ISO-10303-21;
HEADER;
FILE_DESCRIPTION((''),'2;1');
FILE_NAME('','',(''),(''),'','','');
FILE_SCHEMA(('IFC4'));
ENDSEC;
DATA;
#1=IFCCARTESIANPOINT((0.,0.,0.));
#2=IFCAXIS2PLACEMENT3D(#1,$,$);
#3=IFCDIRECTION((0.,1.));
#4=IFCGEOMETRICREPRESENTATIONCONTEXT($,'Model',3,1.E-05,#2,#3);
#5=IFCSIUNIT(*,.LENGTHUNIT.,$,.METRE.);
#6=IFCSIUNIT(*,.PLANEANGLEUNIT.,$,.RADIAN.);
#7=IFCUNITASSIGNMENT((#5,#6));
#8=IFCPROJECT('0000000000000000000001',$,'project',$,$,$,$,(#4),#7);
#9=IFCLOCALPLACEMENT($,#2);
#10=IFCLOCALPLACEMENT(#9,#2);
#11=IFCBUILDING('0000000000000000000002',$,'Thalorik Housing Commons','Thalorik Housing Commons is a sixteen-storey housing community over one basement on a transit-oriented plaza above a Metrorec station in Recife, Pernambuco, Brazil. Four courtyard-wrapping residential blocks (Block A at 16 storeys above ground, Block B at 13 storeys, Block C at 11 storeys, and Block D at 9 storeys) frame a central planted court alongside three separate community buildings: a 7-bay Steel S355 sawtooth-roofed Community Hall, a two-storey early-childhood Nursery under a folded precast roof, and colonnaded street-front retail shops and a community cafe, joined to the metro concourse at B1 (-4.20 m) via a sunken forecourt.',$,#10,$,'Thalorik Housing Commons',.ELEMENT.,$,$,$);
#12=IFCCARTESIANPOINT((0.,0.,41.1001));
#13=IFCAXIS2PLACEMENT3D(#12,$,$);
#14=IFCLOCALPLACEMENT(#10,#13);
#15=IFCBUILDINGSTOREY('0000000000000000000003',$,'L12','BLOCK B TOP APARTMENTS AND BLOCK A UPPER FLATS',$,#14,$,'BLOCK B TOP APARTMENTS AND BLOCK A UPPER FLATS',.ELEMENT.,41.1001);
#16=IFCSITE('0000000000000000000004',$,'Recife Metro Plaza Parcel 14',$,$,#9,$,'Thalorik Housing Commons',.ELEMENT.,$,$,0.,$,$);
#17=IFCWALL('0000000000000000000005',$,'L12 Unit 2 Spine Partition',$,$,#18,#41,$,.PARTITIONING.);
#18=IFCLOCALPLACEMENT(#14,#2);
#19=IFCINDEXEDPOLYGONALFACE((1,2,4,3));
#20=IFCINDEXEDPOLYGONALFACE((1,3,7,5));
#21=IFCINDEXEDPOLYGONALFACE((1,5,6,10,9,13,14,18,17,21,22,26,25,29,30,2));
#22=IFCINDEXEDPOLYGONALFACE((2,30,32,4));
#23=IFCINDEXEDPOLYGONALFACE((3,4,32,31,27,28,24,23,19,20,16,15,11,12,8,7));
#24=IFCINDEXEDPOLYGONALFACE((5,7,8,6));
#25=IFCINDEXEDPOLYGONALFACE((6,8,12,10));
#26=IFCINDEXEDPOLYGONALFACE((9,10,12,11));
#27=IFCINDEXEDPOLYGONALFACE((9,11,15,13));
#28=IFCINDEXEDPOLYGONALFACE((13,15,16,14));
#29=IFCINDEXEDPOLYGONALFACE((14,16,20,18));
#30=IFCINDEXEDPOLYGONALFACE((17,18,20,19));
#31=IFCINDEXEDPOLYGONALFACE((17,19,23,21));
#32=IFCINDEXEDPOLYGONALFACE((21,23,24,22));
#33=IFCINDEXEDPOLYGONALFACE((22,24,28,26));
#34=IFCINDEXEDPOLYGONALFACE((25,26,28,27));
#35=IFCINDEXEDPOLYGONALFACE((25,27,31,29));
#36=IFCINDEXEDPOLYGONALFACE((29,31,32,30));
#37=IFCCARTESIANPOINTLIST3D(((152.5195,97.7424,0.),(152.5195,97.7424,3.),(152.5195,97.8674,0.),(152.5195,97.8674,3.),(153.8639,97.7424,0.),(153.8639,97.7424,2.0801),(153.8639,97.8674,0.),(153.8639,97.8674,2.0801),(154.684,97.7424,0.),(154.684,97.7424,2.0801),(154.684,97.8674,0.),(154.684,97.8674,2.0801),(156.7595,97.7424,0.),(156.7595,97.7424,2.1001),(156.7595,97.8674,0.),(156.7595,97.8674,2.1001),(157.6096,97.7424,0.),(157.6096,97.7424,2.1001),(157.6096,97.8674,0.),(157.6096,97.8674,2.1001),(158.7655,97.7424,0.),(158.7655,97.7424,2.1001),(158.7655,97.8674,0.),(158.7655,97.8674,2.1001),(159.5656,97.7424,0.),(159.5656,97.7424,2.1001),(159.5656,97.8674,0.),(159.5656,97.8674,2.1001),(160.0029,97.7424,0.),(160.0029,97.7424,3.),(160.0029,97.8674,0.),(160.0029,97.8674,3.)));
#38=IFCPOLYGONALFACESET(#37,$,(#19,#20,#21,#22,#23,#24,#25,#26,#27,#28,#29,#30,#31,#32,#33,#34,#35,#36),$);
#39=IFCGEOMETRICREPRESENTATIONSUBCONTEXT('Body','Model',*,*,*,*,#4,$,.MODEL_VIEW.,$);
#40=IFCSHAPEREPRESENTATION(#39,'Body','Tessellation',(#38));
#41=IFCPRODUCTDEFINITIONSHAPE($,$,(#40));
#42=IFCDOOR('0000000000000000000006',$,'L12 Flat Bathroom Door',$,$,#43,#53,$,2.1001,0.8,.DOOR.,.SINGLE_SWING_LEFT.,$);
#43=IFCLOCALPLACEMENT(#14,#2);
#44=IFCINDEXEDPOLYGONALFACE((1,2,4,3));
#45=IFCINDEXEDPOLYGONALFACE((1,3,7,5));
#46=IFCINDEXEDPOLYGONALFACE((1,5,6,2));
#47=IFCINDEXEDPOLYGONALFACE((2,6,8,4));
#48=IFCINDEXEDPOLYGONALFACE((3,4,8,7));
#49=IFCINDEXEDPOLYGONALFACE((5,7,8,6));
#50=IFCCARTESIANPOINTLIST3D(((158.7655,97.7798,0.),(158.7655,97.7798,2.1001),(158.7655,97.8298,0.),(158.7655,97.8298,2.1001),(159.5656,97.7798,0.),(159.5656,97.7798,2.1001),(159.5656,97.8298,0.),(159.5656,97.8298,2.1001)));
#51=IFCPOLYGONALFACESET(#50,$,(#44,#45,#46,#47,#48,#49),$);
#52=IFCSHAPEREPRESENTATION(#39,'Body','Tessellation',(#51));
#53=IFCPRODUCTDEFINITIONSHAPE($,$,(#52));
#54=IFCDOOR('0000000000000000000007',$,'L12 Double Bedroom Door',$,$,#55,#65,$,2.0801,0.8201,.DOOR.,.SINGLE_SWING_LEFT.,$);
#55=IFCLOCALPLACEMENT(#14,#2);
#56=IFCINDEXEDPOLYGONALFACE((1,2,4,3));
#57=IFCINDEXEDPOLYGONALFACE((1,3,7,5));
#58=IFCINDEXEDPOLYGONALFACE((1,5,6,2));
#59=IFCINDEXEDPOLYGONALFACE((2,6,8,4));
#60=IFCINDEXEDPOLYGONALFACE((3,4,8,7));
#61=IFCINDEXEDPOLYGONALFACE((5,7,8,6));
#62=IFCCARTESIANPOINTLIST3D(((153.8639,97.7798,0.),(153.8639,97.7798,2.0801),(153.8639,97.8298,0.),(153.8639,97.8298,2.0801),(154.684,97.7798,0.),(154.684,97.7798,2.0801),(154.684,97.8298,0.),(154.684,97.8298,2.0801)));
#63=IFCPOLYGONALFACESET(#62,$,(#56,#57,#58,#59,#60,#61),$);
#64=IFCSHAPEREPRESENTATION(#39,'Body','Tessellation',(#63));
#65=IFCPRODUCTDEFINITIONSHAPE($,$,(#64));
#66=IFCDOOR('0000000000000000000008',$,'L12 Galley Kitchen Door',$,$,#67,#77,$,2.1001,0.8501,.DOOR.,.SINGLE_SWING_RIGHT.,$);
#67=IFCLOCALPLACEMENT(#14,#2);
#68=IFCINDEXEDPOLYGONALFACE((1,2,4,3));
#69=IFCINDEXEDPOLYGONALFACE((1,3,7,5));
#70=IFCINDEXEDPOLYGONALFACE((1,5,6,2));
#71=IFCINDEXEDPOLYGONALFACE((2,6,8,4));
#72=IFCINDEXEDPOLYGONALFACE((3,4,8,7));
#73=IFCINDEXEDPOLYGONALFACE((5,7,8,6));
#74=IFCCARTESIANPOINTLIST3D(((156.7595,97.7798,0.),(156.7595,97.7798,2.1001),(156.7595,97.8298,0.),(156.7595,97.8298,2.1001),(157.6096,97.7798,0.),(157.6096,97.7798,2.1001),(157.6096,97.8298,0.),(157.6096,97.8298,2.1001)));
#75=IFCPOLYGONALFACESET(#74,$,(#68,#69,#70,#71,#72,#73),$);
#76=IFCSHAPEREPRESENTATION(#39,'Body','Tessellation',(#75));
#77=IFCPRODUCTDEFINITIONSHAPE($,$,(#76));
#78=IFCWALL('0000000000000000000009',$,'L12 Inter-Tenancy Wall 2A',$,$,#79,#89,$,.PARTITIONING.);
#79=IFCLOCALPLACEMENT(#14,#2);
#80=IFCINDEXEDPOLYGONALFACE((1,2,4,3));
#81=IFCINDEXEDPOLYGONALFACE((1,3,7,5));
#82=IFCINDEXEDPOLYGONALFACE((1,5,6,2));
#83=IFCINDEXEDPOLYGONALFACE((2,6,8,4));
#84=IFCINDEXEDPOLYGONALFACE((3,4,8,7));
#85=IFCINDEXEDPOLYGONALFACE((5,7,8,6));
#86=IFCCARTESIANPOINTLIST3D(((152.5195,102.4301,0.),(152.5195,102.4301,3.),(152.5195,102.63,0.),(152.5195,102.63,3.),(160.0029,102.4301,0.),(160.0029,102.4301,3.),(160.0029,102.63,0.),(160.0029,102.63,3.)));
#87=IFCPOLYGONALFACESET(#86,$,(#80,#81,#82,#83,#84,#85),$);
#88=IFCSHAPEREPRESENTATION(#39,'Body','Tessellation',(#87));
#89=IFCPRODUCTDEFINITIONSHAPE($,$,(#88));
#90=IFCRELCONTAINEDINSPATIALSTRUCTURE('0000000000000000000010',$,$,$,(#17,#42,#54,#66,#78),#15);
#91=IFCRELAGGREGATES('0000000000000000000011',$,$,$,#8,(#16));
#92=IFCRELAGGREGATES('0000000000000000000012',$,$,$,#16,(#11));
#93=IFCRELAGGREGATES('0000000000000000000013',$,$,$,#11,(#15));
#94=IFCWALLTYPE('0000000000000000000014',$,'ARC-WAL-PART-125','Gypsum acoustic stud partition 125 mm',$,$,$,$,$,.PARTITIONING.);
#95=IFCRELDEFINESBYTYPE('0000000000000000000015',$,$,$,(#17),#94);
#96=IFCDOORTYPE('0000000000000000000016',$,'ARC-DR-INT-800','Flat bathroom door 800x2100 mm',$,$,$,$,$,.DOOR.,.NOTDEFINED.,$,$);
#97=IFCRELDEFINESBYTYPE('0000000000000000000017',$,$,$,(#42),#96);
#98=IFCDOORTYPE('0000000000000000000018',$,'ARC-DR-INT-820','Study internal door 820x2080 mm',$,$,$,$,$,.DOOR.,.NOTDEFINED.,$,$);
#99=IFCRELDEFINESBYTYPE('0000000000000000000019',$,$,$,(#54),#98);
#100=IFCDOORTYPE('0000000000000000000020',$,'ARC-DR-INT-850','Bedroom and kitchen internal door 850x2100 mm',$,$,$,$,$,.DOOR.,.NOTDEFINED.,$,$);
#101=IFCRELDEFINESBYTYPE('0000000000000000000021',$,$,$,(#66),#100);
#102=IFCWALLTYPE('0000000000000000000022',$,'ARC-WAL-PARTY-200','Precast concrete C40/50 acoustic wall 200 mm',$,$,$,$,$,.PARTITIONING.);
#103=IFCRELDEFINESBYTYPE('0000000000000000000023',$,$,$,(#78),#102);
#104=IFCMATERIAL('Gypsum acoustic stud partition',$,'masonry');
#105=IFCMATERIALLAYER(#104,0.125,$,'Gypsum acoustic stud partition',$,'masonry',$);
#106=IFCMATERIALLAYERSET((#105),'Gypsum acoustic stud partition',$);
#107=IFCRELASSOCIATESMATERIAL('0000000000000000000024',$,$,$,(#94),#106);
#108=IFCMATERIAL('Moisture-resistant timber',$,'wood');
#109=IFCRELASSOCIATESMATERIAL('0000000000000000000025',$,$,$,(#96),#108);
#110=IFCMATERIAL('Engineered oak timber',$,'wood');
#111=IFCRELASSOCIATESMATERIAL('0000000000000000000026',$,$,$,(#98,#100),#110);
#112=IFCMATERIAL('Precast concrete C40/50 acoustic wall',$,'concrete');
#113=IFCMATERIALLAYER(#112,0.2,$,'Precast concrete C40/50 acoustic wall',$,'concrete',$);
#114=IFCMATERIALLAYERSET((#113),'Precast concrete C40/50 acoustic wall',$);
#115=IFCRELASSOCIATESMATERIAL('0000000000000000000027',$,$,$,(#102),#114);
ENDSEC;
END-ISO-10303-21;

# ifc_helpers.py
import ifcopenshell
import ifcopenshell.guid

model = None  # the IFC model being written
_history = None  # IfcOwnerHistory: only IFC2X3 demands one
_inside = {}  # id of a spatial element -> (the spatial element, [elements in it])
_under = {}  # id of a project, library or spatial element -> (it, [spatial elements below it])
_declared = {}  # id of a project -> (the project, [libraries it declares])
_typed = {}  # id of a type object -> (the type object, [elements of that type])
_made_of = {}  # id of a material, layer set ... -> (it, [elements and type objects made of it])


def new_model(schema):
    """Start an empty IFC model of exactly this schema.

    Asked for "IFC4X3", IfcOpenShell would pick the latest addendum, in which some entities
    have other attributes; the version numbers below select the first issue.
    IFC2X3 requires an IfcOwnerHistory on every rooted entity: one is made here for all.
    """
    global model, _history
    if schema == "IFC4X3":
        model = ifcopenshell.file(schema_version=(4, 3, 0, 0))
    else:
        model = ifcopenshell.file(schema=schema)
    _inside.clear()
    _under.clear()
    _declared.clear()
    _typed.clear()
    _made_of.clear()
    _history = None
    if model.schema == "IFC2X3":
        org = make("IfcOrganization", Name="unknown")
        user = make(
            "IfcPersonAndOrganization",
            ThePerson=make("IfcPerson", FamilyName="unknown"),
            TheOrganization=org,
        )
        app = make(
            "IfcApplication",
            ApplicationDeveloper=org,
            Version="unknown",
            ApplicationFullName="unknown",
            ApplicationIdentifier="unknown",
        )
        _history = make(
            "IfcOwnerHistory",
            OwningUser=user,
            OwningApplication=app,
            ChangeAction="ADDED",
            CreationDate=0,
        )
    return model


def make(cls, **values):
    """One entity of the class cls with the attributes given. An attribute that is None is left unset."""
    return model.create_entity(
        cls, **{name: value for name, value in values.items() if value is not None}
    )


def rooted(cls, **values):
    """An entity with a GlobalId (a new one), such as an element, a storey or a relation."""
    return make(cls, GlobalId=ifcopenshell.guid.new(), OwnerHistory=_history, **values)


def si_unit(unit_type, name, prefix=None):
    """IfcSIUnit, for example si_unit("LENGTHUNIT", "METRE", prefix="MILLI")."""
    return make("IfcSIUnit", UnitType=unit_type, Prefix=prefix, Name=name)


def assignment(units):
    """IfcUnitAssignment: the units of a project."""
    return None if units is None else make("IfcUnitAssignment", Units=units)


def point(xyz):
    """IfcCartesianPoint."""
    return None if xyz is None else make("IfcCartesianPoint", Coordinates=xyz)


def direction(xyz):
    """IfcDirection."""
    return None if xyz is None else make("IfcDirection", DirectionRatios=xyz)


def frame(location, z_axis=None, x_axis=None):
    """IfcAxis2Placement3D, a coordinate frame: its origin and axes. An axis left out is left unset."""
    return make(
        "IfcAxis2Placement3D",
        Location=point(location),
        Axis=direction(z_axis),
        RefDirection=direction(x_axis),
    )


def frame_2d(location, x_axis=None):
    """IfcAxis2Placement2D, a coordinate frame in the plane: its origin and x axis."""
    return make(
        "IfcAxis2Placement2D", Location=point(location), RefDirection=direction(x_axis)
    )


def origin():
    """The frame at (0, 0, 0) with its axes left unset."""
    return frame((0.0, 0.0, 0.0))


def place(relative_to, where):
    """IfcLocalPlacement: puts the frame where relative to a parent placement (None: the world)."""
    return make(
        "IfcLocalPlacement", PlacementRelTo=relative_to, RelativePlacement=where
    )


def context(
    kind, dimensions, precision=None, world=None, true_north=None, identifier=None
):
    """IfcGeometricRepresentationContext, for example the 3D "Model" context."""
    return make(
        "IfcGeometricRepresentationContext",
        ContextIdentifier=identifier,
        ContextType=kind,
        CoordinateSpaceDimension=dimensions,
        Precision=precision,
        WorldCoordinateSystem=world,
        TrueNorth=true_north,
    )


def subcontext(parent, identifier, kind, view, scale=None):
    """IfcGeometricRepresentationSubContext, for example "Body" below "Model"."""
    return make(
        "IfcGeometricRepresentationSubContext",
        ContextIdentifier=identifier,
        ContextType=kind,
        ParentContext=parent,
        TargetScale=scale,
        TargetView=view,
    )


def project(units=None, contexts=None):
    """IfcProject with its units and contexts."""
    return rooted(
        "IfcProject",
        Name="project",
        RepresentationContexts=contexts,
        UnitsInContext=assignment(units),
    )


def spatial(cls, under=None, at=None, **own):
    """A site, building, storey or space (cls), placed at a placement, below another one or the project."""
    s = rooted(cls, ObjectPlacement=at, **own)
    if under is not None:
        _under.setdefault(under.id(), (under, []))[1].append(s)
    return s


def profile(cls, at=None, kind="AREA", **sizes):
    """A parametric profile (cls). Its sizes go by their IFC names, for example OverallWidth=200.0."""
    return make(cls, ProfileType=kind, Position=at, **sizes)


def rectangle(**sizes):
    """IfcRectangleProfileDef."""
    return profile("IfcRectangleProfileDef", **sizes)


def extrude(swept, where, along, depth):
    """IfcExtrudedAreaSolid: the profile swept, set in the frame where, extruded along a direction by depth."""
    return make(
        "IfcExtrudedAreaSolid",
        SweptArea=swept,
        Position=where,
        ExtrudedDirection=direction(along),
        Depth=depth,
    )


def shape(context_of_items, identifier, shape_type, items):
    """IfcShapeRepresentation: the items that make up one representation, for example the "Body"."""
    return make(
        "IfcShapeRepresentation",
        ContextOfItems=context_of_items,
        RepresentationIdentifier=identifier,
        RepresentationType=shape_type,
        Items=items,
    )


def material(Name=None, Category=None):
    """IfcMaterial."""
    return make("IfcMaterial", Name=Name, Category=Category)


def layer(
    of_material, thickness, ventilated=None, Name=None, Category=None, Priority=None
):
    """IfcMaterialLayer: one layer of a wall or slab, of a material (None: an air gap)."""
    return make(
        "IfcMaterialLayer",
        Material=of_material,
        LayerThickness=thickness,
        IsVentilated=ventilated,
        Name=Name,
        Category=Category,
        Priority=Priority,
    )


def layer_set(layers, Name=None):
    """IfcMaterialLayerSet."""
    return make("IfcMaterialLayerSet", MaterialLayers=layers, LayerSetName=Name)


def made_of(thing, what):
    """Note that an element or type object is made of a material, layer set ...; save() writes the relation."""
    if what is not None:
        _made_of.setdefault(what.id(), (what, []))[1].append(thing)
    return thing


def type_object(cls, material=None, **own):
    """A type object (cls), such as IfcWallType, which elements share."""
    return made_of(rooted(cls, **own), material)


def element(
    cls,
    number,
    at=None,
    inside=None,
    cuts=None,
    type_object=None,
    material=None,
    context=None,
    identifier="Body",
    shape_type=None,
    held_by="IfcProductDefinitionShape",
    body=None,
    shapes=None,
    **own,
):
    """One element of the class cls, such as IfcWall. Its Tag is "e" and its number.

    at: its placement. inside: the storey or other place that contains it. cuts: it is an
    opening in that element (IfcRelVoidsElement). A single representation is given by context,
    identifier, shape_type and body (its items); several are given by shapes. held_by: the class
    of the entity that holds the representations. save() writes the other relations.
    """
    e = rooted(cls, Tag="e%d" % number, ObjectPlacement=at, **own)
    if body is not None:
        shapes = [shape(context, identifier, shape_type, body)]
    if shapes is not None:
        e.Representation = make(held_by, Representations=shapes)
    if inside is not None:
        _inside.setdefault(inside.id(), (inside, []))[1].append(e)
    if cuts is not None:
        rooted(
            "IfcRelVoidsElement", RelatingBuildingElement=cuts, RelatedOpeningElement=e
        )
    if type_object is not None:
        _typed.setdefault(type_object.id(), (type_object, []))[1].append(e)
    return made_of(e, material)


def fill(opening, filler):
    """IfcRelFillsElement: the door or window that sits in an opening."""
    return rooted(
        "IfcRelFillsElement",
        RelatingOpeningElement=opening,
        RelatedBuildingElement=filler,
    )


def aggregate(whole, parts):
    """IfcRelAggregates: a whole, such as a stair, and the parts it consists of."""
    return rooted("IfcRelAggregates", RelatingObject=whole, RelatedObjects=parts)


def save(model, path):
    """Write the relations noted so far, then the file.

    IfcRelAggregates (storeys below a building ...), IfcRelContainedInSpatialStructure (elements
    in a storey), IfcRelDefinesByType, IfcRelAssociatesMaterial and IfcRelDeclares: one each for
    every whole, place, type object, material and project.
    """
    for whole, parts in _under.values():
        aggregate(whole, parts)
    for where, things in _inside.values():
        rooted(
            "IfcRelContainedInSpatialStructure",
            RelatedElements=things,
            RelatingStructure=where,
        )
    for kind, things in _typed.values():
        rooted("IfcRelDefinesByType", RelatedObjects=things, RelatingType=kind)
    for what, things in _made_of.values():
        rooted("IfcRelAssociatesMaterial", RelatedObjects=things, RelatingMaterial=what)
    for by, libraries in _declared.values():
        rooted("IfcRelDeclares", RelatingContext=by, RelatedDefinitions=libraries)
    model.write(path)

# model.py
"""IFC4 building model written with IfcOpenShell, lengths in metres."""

from ifc_helpers import new_model, si_unit, direction, frame, frame_2d, origin, place, context, subcontext, project, spatial, rectangle, extrude, material, layer, layer_set, type_object, element, fill, save


model = new_model("IFC4")

# Units and contexts
model_context = context("Model", 3, precision=1e-05, world=origin(), true_north=direction((0.0, 1.0)))
body_context = subcontext(model_context, "Body", "Model", "MODEL_VIEW")
ifc_project = project(units=[si_unit("LENGTHUNIT", "METRE"), si_unit("PLANEANGLEUNIT", "RADIAN")], contexts=[model_context])

# Site, building, storey
site_placement = place(None, origin())
site = spatial("IfcSite", under=ifc_project, at=site_placement, Name="Recife Metro Plaza Parcel 14", LongName="Thalorik Housing Commons", CompositionType="ELEMENT", RefElevation=0.0)
building_placement = place(site_placement, origin())
building = spatial("IfcBuilding", under=site, at=building_placement, Name="Thalorik Housing Commons", Description="Thalorik Housing Commons is a sixteen-storey housing community over one basement on a transit-oriented plaza above a Metrorec station in Recife, Pernambuco, Brazil. Four courtyard-wrapping residential blocks (Block A at 16 storeys above ground, Block B at 13 storeys, Block C at 11 storeys, and Block D at 9 storeys) frame a central planted court alongside three separate community buildings: a 7-bay Steel S355 sawtooth-roofed Community Hall, a two-storey early-childhood Nursery under a folded precast roof, and colonnaded street-front retail shops and a community cafe, joined to the metro concourse at B1 (-4.20 m) via a sunken forecourt.", LongName="Thalorik Housing Commons", CompositionType="ELEMENT")
storey_placement = place(building_placement, frame((0.0, 0.0, 41.1001)))
storey = spatial("IfcBuildingStorey", under=building, at=storey_placement, Name="L12", Description="BLOCK B TOP APARTMENTS AND BLOCK A UPPER FLATS", LongName="BLOCK B TOP APARTMENTS AND BLOCK A UPPER FLATS", CompositionType="ELEMENT", Elevation=41.1001)

# Wall, openings, doors
ifc_material_1 = material(Name="Gypsum acoustic stud partition", Category="masonry")
ifc_layer_1 = layer(ifc_material_1, 0.125, Name="Gypsum acoustic stud partition", Category="masonry")
ifc_layer_set_1 = layer_set([ifc_layer_1], Name="Gypsum acoustic stud partition")
wall_type_1 = type_object("IfcWallType", Name="ARC-WAL-PART-125", Description="Gypsum acoustic stud partition 125 mm", PredefinedType="PARTITIONING", material=ifc_layer_set_1)
wall_1_placement = place(storey_placement, frame((152.5195, 97.8049, 0.0), z_axis=(0.0, 0.0, 1.0), x_axis=(1.0, 0.0, 0.0)))
wall_1 = element("IfcWall", 1, at=wall_1_placement, inside=storey, type_object=wall_type_1, Name="L12 Unit 2 Spine Partition", PredefinedType="PARTITIONING", context=body_context, shape_type="SweptSolid", body=[
    extrude(rectangle(XDim=7.4834, YDim=0.125, at=frame_2d((3.7417, 0.0))), origin(), (0.0, 0.0, 1.0), 3.0),
])
opening_1_placement = place(wall_1_placement, frame((1.3442, 0.0, 0.0)))
opening_1 = element("IfcOpeningElement", 2, at=opening_1_placement, cuts=wall_1, PredefinedType="OPENING", context=body_context, shape_type="SweptSolid", body=[
    extrude(rectangle(XDim=0.8201, YDim=2.0801, at=frame_2d((0.4102, 1.04))), frame((0.0, 0.0725, 0.0), z_axis=(0.0, -1.0, 0.0), x_axis=(1.0, 0.0, 0.0)), (0.0, 0.0, 1.0), 0.145),
])
opening_2_placement = place(wall_1_placement, frame((4.24, 0.0, 0.0)))
opening_2 = element("IfcOpeningElement", 3, at=opening_2_placement, cuts=wall_1, PredefinedType="OPENING", context=body_context, shape_type="SweptSolid", body=[
    extrude(rectangle(XDim=0.8501, YDim=2.1001, at=frame_2d((0.425, 1.05))), frame((0.0, 0.0725, 0.0), z_axis=(0.0, -1.0, 0.0), x_axis=(1.0, 0.0, 0.0)), (0.0, 0.0, 1.0), 0.145),
])
opening_3_placement = place(wall_1_placement, frame((6.2461, 0.0, 0.0)))
opening_3 = element("IfcOpeningElement", 4, at=opening_3_placement, cuts=wall_1, PredefinedType="OPENING", context=body_context, shape_type="SweptSolid", body=[
    extrude(rectangle(XDim=0.8, YDim=2.1001, at=frame_2d((0.3999, 1.05))), frame((0.0, 0.0725, 0.0), z_axis=(0.0, -1.0, 0.0), x_axis=(1.0, 0.0, 0.0)), (0.0, 0.0, 1.0), 0.145),
])
ifc_material_2 = material(Name="Moisture-resistant timber", Category="wood")
door_type_1 = type_object("IfcDoorType", Name="ARC-DR-INT-800", Description="Flat bathroom door 800x2100 mm", OperationType="NOTDEFINED", PredefinedType="DOOR", material=ifc_material_2)
door_1_placement = place(opening_3_placement, origin())
door_1 = element("IfcDoor", 5, at=door_1_placement, inside=storey, type_object=door_type_1, Name="L12 Flat Bathroom Door", OperationType="SINGLE_SWING_LEFT", OverallHeight=2.1001, OverallWidth=0.8, PredefinedType="DOOR", context=body_context, shape_type="SweptSolid", body=[
    extrude(rectangle(XDim=0.8, YDim=2.1001, at=frame_2d((0.3999, 1.05))), frame((0.0, 0.0249, 0.0), z_axis=(0.0, -1.0, 0.0), x_axis=(1.0, 0.0, 0.0)), (0.0, 0.0, 1.0), 0.05),
])
fill(opening_3, door_1)
ifc_material_3 = material(Name="Engineered oak timber", Category="wood")
door_type_2 = type_object("IfcDoorType", Name="ARC-DR-INT-820", Description="Study internal door 820x2080 mm", OperationType="NOTDEFINED", PredefinedType="DOOR", material=ifc_material_3)
door_2_placement = place(opening_1_placement, origin())
door_2 = element("IfcDoor", 6, at=door_2_placement, inside=storey, type_object=door_type_2, Name="L12 Double Bedroom Door", OperationType="SINGLE_SWING_LEFT", OverallHeight=2.0801, OverallWidth=0.8201, PredefinedType="DOOR", context=body_context, shape_type="SweptSolid", body=[
    extrude(rectangle(XDim=0.8201, YDim=2.0801, at=frame_2d((0.4102, 1.04))), frame((0.0, 0.0249, 0.0), z_axis=(0.0, -1.0, 0.0), x_axis=(1.0, 0.0, 0.0)), (0.0, 0.0, 1.0), 0.05),
])
fill(opening_1, door_2)
door_type_3 = type_object("IfcDoorType", Name="ARC-DR-INT-850", Description="Bedroom and kitchen internal door 850x2100 mm", OperationType="NOTDEFINED", PredefinedType="DOOR", material=ifc_material_3)
door_3_placement = place(opening_2_placement, origin())
door_3 = element("IfcDoor", 7, at=door_3_placement, inside=storey, type_object=door_type_3, Name="L12 Galley Kitchen Door", OperationType="SINGLE_SWING_RIGHT", OverallHeight=2.1001, OverallWidth=0.8501, PredefinedType="DOOR", context=body_context, shape_type="SweptSolid", body=[
    extrude(rectangle(XDim=0.8501, YDim=2.1001, at=frame_2d((0.425, 1.05))), frame((0.0, 0.0249, 0.0), z_axis=(0.0, -1.0, 0.0), x_axis=(1.0, 0.0, 0.0)), (0.0, 0.0, 1.0), 0.05),
])
fill(opening_2, door_3)

# Wall
ifc_material_4 = material(Name="Precast concrete C40/50 acoustic wall", Category="concrete")
ifc_layer_2 = layer(ifc_material_4, 0.2, Name="Precast concrete C40/50 acoustic wall", Category="concrete")
ifc_layer_set_2 = layer_set([ifc_layer_2], Name="Precast concrete C40/50 acoustic wall")
wall_type_2 = type_object("IfcWallType", Name="ARC-WAL-PARTY-200", Description="Precast concrete C40/50 acoustic wall 200 mm", PredefinedType="PARTITIONING", material=ifc_layer_set_2)
wall_2_placement = place(storey_placement, frame((152.5195, 102.53, 0.0), z_axis=(0.0, 0.0, 1.0), x_axis=(1.0, 0.0, 0.0)))
element("IfcWall", 8, at=wall_2_placement, inside=storey, type_object=wall_type_2, Name="L12 Inter-Tenancy Wall 2A", PredefinedType="PARTITIONING", context=body_context, shape_type="SweptSolid", body=[
    extrude(rectangle(XDim=7.4834, YDim=0.2, at=frame_2d((3.7417, 0.0))), origin(), (0.0, 0.0, 1.0), 3.0),
])

save(model, "model.ifc")
